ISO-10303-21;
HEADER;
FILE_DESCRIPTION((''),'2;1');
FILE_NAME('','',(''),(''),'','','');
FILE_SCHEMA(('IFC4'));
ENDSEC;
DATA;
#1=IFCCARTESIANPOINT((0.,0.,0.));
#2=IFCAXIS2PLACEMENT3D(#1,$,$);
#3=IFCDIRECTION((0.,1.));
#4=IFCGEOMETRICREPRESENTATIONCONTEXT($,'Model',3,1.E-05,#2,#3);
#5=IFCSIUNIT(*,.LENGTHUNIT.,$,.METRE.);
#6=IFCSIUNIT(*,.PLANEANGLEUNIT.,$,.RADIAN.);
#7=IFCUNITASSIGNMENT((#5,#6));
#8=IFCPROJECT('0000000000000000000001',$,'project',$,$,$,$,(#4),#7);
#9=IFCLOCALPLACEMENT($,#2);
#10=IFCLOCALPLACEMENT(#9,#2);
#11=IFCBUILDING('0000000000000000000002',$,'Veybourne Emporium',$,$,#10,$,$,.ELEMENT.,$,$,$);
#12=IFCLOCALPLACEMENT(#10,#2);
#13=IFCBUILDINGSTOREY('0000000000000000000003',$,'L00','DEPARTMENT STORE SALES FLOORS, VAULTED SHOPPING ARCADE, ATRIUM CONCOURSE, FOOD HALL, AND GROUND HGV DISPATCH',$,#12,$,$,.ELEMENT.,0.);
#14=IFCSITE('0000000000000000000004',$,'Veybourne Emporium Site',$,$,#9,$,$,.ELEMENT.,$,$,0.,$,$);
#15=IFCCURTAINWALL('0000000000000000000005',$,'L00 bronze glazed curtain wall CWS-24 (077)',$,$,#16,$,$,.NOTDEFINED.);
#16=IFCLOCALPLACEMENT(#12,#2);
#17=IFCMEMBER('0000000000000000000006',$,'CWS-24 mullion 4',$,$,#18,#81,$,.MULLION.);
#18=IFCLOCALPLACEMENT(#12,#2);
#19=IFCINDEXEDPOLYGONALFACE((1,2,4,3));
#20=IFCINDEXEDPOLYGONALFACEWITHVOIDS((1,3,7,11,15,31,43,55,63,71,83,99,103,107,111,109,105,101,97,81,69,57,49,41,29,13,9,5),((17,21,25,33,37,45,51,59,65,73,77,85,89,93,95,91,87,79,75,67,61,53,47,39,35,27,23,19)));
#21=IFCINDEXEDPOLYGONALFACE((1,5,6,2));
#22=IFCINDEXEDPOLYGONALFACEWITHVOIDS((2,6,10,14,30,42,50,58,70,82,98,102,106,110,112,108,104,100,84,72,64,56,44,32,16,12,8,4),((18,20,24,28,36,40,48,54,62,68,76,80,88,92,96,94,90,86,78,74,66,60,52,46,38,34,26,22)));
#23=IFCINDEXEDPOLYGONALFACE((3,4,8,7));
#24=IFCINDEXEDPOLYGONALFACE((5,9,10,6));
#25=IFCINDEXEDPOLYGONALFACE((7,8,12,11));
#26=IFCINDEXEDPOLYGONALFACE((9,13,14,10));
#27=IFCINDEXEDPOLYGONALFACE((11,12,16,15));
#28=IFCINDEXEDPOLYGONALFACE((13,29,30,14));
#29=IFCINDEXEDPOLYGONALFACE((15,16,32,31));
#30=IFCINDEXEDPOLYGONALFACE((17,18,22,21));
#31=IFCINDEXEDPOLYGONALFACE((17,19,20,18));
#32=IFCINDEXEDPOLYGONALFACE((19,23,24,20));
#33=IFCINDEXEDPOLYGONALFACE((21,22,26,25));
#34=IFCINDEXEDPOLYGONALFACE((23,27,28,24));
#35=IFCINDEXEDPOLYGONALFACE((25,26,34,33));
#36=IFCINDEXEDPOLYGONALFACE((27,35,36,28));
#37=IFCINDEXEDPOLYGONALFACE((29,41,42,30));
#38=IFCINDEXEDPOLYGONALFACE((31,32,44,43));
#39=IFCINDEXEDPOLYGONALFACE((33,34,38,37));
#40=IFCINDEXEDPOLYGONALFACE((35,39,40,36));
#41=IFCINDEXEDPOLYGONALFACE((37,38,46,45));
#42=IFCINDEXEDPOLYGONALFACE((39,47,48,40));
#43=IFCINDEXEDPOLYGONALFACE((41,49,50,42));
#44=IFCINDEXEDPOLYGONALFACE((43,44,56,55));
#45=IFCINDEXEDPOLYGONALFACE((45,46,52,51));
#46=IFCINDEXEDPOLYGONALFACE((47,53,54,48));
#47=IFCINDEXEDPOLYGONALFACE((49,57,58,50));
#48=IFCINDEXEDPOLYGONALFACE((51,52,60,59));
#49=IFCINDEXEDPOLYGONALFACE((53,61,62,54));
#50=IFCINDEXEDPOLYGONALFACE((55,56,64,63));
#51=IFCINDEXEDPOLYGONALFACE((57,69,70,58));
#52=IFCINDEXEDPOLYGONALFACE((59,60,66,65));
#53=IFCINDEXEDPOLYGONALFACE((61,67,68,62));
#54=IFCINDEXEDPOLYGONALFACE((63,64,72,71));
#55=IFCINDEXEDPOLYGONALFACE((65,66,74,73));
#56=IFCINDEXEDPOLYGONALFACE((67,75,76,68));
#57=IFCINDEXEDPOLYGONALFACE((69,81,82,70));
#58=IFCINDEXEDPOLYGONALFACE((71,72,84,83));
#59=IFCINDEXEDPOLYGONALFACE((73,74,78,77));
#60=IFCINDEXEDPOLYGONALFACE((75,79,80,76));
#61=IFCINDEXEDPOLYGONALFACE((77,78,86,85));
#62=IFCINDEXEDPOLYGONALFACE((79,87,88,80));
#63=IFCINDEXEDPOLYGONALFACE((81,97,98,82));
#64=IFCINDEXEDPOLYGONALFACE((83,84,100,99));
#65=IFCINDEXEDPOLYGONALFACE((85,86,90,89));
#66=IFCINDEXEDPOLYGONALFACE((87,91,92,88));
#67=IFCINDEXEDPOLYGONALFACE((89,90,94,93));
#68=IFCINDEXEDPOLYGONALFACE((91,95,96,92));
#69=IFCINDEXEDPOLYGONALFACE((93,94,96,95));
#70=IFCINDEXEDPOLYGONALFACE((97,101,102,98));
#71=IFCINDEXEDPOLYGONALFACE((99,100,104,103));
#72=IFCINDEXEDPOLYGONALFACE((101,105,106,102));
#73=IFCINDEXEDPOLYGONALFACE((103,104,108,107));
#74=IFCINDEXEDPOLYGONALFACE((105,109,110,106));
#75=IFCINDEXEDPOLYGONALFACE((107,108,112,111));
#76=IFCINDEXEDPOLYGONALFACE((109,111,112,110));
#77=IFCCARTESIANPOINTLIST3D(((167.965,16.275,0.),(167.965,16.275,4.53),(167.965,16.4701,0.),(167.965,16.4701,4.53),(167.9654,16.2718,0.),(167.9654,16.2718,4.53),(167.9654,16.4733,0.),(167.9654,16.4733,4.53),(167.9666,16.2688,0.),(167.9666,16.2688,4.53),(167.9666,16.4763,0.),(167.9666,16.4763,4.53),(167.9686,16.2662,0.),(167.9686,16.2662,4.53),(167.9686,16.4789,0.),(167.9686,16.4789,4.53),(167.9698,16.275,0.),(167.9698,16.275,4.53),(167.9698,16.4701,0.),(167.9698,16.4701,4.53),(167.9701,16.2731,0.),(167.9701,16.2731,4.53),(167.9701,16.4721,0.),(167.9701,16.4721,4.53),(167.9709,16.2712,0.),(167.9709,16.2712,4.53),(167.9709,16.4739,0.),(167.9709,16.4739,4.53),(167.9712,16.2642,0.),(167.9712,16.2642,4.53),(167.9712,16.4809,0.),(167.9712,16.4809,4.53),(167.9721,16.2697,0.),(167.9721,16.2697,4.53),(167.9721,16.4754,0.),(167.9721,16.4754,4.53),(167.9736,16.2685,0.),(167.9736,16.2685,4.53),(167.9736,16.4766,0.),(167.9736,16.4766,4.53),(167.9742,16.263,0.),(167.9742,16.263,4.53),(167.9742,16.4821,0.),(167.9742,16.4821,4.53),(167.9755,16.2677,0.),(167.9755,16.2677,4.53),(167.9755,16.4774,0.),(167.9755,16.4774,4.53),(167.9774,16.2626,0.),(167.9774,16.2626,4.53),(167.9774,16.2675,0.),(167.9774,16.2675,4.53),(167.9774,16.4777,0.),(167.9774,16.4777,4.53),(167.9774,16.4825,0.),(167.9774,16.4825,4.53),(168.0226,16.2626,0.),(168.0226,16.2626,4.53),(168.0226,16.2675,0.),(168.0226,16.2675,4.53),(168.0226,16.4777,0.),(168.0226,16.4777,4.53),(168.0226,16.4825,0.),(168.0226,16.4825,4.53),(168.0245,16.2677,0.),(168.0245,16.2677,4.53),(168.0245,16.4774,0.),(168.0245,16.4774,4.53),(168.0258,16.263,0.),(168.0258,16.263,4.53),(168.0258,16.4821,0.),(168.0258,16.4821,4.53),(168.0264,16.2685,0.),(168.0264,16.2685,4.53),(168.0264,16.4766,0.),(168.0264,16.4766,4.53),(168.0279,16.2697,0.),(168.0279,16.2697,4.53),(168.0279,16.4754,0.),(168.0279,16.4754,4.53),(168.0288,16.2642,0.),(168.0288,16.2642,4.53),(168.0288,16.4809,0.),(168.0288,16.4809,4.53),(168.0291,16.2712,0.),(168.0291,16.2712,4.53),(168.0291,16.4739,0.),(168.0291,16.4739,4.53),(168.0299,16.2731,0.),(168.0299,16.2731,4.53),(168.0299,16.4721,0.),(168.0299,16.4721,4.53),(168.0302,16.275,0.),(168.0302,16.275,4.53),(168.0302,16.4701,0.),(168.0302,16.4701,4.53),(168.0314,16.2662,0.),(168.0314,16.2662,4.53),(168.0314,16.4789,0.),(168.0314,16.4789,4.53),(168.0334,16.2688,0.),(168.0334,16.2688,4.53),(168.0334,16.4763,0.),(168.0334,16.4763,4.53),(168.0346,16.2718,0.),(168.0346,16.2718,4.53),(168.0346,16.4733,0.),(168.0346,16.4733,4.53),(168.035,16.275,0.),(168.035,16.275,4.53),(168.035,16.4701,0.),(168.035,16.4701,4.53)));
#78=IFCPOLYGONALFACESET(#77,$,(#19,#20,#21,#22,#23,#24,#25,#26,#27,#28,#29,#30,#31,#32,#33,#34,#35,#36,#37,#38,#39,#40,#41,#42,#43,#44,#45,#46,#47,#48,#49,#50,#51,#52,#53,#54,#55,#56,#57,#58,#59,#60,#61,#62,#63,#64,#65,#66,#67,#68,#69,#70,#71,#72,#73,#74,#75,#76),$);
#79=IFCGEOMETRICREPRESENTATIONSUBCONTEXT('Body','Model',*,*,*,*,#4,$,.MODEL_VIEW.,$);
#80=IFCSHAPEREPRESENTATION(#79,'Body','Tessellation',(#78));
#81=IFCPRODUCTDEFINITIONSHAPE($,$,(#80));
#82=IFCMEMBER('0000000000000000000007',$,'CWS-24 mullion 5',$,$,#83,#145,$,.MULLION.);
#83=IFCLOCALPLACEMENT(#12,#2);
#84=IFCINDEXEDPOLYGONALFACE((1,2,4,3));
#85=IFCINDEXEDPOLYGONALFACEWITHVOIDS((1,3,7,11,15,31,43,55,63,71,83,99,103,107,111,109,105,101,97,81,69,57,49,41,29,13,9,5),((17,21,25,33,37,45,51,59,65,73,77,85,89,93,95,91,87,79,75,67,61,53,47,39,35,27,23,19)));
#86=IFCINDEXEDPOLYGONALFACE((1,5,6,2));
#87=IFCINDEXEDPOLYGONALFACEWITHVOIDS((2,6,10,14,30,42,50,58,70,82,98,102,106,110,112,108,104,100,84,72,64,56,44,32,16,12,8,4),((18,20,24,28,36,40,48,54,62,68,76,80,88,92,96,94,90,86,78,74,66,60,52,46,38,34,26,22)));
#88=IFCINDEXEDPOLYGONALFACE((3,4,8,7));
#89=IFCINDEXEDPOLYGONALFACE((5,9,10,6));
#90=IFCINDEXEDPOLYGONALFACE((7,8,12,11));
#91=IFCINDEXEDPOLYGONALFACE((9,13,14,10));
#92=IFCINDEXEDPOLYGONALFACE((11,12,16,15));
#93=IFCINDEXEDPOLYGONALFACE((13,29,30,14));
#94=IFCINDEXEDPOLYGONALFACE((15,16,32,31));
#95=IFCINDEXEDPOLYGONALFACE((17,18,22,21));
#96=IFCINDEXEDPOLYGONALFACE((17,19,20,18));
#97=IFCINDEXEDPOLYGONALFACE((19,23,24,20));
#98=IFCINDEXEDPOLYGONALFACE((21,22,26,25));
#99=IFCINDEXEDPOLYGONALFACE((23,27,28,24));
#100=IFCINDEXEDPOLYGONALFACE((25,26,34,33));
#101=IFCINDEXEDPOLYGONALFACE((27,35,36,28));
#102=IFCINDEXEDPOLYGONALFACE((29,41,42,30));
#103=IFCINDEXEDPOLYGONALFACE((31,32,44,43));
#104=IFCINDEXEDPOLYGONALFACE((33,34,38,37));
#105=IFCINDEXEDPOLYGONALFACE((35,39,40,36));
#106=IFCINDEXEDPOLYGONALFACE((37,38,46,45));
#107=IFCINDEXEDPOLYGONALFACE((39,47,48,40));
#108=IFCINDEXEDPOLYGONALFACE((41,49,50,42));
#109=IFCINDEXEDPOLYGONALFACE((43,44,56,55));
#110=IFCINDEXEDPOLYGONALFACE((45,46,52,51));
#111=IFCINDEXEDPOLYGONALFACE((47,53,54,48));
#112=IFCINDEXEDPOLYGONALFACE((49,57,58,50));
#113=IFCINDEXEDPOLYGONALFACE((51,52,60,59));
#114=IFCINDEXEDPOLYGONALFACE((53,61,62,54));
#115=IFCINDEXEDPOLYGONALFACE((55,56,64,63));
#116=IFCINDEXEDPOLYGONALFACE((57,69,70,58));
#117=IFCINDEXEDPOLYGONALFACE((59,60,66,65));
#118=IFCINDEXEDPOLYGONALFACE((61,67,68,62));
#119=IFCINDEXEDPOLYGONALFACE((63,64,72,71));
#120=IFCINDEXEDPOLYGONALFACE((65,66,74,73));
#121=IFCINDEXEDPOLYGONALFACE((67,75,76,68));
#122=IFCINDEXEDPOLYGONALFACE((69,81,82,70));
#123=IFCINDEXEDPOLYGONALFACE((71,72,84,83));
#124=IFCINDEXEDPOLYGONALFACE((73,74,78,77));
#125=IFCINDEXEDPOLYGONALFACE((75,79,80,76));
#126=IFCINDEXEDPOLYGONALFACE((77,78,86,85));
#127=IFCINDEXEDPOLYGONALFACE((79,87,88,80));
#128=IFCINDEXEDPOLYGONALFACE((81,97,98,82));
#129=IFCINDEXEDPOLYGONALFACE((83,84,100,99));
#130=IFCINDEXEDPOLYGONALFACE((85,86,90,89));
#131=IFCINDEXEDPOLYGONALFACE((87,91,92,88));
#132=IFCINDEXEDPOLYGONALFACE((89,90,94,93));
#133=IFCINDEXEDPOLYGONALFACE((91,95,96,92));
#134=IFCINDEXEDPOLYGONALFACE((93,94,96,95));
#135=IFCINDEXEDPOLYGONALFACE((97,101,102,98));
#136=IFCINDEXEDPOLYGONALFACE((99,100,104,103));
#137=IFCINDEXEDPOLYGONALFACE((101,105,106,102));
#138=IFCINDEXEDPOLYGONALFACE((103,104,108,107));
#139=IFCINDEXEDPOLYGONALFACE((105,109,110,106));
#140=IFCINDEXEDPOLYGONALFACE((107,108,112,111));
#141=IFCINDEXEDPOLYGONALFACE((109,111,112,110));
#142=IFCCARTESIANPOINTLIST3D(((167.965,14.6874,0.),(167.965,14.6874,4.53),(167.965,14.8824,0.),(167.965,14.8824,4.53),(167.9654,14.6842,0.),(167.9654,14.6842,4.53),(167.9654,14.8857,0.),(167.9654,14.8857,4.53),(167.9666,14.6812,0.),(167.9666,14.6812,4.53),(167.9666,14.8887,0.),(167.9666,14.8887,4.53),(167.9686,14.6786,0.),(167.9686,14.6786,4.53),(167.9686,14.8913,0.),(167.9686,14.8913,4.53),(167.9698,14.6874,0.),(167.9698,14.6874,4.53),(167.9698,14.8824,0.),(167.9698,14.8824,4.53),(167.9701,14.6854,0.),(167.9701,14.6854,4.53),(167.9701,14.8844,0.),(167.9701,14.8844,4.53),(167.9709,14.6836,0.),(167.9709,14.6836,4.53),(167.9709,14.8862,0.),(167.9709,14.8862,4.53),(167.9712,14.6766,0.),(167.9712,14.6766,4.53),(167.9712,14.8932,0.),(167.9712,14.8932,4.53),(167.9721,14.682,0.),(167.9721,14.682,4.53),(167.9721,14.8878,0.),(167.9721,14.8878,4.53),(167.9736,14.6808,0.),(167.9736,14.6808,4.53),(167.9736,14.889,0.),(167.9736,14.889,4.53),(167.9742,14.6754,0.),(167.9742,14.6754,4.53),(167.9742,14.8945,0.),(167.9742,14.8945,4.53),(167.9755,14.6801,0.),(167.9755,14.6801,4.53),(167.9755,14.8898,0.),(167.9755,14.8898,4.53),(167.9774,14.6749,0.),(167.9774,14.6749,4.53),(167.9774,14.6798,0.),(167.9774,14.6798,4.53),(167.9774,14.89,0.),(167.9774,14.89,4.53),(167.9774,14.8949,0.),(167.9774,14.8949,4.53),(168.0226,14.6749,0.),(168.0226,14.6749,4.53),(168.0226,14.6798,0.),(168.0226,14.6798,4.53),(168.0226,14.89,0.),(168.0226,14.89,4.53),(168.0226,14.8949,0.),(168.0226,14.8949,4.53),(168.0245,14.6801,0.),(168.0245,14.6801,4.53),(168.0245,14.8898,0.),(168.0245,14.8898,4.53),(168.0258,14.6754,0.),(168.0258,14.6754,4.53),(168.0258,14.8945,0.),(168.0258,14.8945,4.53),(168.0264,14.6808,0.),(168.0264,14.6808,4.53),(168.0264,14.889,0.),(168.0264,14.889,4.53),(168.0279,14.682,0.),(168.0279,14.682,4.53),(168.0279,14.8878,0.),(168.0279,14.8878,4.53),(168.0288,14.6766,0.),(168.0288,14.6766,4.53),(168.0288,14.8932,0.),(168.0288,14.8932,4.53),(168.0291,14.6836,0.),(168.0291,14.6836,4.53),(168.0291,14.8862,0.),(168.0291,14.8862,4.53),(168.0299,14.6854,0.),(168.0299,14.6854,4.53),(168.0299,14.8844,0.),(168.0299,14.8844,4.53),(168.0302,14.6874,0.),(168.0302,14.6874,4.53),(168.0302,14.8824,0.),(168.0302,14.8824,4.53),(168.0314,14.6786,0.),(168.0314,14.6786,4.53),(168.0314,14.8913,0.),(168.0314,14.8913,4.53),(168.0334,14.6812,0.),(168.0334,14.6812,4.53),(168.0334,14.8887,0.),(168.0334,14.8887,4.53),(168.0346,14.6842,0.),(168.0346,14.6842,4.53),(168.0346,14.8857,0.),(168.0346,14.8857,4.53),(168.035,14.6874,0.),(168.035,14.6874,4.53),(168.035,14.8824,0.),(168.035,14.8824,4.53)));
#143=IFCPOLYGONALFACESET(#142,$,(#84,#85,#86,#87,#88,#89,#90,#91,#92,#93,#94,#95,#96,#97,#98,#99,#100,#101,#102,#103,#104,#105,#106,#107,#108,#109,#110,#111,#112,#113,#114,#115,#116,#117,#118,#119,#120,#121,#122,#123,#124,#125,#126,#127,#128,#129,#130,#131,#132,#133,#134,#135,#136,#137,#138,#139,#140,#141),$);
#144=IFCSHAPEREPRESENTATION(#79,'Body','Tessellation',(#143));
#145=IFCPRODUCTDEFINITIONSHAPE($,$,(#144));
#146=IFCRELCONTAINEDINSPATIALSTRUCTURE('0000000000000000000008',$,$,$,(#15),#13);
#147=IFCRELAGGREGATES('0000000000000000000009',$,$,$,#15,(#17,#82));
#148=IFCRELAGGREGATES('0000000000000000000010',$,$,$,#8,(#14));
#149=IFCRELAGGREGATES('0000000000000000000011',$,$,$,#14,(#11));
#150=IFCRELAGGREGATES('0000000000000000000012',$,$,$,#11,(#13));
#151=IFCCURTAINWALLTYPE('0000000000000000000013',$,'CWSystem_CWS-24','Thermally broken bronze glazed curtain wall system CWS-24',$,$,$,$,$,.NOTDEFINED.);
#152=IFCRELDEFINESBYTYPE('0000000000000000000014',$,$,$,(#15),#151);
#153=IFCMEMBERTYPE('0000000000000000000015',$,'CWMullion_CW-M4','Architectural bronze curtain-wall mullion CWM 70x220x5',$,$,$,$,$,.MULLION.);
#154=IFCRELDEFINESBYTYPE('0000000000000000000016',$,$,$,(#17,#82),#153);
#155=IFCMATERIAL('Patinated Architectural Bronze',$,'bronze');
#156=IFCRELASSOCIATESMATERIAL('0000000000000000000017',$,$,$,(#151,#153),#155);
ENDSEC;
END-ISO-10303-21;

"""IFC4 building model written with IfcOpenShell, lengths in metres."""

from ifc_helpers import new_model, si_unit, direction, frame, origin, origin_2d, place, context, subcontext, project, spatial, hollow_rectangle, extrude, material, material_profile, profile_set, type_object, element, aggregate, save


model = new_model("IFC4")

# Units and contexts
model_context = context("Model", 3, precision=1e-05, world=origin(), true_north=direction((0.0, 1.0)))
body_context = subcontext(model_context, "Body", "Model", "MODEL_VIEW")
ifc_project = project(units=[si_unit("LENGTHUNIT", "METRE"), si_unit("PLANEANGLEUNIT", "RADIAN")], contexts=[model_context])

# Site, building, storey
site_placement = place(None, origin())
site = spatial("IfcSite", under=ifc_project, at=site_placement, Name="Veybourne Emporium Site", CompositionType="ELEMENT", RefElevation=0.0)
building_placement = place(site_placement, origin())
building = spatial("IfcBuilding", under=site, at=building_placement, Name="Veybourne Emporium", CompositionType="ELEMENT")
storey_placement = place(building_placement, origin())
storey = spatial("IfcBuildingStorey", under=building, at=storey_placement, Name="L00", Description="DEPARTMENT STORE SALES FLOORS, VAULTED SHOPPING ARCADE, ATRIUM CONCOURSE, FOOD HALL, AND GROUND HGV DISPATCH", CompositionType="ELEMENT", Elevation=0.0)

# Curtain wall, members
ifc_material_1 = material(Name="Patinated Architectural Bronze", Category="bronze")
curtain_wall_type_1 = type_object("IfcCurtainWallType", Name="CWSystem_CWS-24", Description="Thermally broken bronze glazed curtain wall system CWS-24", PredefinedType="NOTDEFINED", material=ifc_material_1)
curtain_wall_1_placement = place(storey_placement, origin())
curtain_wall_1 = element("IfcCurtainWall", 1, at=curtain_wall_1_placement, inside=storey, type_object=curtain_wall_type_1, Name="L00 bronze glazed curtain wall CWS-24 (077)", PredefinedType="NOTDEFINED")
ifc_material_profile_1 = material_profile(ifc_material_1, hollow_rectangle(XDim=0.0701, YDim=0.22, WallThickness=0.0049, InnerFilletRadius=0.0076, OuterFilletRadius=0.0125, at=origin_2d()), Name="CWM 70x220x5")
ifc_profile_set_1 = profile_set([ifc_material_profile_1], Name="Patinated Architectural Bronze")
member_type_1 = type_object("IfcMemberType", Name="CWMullion_CW-M4", Description="Architectural bronze curtain-wall mullion CWM 70x220x5", PredefinedType="MULLION", material=ifc_profile_set_1)
member_1_placement = place(storey_placement, frame((168.0, 16.3726, 0.0), z_axis=(0.0, 0.0, 1.0), x_axis=(1.0, 0.0, 0.0)))
member_1 = element("IfcMember", 2, at=member_1_placement, type_object=member_type_1, Name="CWS-24 mullion 4", PredefinedType="MULLION", context=body_context, shape_type="SweptSolid", body=[
    extrude(hollow_rectangle(XDim=0.0701, YDim=0.22, WallThickness=0.0049, InnerFilletRadius=0.0076, OuterFilletRadius=0.0125, at=origin_2d()), origin(), (0.0, 0.0, 1.0), 4.53),
])
member_2_placement = place(storey_placement, frame((168.0, 14.7849, 0.0), z_axis=(0.0, 0.0, 1.0), x_axis=(1.0, 0.0, 0.0)))
member_2 = element("IfcMember", 3, at=member_2_placement, type_object=member_type_1, Name="CWS-24 mullion 5", PredefinedType="MULLION", context=body_context, shape_type="SweptSolid", body=[
    extrude(hollow_rectangle(XDim=0.0701, YDim=0.22, WallThickness=0.0049, InnerFilletRadius=0.0076, OuterFilletRadius=0.0125, at=origin_2d()), origin(), (0.0, 0.0, 1.0), 4.53),
])

aggregate(curtain_wall_1, [member_1, member_2])

save(model, "model.ifc")
